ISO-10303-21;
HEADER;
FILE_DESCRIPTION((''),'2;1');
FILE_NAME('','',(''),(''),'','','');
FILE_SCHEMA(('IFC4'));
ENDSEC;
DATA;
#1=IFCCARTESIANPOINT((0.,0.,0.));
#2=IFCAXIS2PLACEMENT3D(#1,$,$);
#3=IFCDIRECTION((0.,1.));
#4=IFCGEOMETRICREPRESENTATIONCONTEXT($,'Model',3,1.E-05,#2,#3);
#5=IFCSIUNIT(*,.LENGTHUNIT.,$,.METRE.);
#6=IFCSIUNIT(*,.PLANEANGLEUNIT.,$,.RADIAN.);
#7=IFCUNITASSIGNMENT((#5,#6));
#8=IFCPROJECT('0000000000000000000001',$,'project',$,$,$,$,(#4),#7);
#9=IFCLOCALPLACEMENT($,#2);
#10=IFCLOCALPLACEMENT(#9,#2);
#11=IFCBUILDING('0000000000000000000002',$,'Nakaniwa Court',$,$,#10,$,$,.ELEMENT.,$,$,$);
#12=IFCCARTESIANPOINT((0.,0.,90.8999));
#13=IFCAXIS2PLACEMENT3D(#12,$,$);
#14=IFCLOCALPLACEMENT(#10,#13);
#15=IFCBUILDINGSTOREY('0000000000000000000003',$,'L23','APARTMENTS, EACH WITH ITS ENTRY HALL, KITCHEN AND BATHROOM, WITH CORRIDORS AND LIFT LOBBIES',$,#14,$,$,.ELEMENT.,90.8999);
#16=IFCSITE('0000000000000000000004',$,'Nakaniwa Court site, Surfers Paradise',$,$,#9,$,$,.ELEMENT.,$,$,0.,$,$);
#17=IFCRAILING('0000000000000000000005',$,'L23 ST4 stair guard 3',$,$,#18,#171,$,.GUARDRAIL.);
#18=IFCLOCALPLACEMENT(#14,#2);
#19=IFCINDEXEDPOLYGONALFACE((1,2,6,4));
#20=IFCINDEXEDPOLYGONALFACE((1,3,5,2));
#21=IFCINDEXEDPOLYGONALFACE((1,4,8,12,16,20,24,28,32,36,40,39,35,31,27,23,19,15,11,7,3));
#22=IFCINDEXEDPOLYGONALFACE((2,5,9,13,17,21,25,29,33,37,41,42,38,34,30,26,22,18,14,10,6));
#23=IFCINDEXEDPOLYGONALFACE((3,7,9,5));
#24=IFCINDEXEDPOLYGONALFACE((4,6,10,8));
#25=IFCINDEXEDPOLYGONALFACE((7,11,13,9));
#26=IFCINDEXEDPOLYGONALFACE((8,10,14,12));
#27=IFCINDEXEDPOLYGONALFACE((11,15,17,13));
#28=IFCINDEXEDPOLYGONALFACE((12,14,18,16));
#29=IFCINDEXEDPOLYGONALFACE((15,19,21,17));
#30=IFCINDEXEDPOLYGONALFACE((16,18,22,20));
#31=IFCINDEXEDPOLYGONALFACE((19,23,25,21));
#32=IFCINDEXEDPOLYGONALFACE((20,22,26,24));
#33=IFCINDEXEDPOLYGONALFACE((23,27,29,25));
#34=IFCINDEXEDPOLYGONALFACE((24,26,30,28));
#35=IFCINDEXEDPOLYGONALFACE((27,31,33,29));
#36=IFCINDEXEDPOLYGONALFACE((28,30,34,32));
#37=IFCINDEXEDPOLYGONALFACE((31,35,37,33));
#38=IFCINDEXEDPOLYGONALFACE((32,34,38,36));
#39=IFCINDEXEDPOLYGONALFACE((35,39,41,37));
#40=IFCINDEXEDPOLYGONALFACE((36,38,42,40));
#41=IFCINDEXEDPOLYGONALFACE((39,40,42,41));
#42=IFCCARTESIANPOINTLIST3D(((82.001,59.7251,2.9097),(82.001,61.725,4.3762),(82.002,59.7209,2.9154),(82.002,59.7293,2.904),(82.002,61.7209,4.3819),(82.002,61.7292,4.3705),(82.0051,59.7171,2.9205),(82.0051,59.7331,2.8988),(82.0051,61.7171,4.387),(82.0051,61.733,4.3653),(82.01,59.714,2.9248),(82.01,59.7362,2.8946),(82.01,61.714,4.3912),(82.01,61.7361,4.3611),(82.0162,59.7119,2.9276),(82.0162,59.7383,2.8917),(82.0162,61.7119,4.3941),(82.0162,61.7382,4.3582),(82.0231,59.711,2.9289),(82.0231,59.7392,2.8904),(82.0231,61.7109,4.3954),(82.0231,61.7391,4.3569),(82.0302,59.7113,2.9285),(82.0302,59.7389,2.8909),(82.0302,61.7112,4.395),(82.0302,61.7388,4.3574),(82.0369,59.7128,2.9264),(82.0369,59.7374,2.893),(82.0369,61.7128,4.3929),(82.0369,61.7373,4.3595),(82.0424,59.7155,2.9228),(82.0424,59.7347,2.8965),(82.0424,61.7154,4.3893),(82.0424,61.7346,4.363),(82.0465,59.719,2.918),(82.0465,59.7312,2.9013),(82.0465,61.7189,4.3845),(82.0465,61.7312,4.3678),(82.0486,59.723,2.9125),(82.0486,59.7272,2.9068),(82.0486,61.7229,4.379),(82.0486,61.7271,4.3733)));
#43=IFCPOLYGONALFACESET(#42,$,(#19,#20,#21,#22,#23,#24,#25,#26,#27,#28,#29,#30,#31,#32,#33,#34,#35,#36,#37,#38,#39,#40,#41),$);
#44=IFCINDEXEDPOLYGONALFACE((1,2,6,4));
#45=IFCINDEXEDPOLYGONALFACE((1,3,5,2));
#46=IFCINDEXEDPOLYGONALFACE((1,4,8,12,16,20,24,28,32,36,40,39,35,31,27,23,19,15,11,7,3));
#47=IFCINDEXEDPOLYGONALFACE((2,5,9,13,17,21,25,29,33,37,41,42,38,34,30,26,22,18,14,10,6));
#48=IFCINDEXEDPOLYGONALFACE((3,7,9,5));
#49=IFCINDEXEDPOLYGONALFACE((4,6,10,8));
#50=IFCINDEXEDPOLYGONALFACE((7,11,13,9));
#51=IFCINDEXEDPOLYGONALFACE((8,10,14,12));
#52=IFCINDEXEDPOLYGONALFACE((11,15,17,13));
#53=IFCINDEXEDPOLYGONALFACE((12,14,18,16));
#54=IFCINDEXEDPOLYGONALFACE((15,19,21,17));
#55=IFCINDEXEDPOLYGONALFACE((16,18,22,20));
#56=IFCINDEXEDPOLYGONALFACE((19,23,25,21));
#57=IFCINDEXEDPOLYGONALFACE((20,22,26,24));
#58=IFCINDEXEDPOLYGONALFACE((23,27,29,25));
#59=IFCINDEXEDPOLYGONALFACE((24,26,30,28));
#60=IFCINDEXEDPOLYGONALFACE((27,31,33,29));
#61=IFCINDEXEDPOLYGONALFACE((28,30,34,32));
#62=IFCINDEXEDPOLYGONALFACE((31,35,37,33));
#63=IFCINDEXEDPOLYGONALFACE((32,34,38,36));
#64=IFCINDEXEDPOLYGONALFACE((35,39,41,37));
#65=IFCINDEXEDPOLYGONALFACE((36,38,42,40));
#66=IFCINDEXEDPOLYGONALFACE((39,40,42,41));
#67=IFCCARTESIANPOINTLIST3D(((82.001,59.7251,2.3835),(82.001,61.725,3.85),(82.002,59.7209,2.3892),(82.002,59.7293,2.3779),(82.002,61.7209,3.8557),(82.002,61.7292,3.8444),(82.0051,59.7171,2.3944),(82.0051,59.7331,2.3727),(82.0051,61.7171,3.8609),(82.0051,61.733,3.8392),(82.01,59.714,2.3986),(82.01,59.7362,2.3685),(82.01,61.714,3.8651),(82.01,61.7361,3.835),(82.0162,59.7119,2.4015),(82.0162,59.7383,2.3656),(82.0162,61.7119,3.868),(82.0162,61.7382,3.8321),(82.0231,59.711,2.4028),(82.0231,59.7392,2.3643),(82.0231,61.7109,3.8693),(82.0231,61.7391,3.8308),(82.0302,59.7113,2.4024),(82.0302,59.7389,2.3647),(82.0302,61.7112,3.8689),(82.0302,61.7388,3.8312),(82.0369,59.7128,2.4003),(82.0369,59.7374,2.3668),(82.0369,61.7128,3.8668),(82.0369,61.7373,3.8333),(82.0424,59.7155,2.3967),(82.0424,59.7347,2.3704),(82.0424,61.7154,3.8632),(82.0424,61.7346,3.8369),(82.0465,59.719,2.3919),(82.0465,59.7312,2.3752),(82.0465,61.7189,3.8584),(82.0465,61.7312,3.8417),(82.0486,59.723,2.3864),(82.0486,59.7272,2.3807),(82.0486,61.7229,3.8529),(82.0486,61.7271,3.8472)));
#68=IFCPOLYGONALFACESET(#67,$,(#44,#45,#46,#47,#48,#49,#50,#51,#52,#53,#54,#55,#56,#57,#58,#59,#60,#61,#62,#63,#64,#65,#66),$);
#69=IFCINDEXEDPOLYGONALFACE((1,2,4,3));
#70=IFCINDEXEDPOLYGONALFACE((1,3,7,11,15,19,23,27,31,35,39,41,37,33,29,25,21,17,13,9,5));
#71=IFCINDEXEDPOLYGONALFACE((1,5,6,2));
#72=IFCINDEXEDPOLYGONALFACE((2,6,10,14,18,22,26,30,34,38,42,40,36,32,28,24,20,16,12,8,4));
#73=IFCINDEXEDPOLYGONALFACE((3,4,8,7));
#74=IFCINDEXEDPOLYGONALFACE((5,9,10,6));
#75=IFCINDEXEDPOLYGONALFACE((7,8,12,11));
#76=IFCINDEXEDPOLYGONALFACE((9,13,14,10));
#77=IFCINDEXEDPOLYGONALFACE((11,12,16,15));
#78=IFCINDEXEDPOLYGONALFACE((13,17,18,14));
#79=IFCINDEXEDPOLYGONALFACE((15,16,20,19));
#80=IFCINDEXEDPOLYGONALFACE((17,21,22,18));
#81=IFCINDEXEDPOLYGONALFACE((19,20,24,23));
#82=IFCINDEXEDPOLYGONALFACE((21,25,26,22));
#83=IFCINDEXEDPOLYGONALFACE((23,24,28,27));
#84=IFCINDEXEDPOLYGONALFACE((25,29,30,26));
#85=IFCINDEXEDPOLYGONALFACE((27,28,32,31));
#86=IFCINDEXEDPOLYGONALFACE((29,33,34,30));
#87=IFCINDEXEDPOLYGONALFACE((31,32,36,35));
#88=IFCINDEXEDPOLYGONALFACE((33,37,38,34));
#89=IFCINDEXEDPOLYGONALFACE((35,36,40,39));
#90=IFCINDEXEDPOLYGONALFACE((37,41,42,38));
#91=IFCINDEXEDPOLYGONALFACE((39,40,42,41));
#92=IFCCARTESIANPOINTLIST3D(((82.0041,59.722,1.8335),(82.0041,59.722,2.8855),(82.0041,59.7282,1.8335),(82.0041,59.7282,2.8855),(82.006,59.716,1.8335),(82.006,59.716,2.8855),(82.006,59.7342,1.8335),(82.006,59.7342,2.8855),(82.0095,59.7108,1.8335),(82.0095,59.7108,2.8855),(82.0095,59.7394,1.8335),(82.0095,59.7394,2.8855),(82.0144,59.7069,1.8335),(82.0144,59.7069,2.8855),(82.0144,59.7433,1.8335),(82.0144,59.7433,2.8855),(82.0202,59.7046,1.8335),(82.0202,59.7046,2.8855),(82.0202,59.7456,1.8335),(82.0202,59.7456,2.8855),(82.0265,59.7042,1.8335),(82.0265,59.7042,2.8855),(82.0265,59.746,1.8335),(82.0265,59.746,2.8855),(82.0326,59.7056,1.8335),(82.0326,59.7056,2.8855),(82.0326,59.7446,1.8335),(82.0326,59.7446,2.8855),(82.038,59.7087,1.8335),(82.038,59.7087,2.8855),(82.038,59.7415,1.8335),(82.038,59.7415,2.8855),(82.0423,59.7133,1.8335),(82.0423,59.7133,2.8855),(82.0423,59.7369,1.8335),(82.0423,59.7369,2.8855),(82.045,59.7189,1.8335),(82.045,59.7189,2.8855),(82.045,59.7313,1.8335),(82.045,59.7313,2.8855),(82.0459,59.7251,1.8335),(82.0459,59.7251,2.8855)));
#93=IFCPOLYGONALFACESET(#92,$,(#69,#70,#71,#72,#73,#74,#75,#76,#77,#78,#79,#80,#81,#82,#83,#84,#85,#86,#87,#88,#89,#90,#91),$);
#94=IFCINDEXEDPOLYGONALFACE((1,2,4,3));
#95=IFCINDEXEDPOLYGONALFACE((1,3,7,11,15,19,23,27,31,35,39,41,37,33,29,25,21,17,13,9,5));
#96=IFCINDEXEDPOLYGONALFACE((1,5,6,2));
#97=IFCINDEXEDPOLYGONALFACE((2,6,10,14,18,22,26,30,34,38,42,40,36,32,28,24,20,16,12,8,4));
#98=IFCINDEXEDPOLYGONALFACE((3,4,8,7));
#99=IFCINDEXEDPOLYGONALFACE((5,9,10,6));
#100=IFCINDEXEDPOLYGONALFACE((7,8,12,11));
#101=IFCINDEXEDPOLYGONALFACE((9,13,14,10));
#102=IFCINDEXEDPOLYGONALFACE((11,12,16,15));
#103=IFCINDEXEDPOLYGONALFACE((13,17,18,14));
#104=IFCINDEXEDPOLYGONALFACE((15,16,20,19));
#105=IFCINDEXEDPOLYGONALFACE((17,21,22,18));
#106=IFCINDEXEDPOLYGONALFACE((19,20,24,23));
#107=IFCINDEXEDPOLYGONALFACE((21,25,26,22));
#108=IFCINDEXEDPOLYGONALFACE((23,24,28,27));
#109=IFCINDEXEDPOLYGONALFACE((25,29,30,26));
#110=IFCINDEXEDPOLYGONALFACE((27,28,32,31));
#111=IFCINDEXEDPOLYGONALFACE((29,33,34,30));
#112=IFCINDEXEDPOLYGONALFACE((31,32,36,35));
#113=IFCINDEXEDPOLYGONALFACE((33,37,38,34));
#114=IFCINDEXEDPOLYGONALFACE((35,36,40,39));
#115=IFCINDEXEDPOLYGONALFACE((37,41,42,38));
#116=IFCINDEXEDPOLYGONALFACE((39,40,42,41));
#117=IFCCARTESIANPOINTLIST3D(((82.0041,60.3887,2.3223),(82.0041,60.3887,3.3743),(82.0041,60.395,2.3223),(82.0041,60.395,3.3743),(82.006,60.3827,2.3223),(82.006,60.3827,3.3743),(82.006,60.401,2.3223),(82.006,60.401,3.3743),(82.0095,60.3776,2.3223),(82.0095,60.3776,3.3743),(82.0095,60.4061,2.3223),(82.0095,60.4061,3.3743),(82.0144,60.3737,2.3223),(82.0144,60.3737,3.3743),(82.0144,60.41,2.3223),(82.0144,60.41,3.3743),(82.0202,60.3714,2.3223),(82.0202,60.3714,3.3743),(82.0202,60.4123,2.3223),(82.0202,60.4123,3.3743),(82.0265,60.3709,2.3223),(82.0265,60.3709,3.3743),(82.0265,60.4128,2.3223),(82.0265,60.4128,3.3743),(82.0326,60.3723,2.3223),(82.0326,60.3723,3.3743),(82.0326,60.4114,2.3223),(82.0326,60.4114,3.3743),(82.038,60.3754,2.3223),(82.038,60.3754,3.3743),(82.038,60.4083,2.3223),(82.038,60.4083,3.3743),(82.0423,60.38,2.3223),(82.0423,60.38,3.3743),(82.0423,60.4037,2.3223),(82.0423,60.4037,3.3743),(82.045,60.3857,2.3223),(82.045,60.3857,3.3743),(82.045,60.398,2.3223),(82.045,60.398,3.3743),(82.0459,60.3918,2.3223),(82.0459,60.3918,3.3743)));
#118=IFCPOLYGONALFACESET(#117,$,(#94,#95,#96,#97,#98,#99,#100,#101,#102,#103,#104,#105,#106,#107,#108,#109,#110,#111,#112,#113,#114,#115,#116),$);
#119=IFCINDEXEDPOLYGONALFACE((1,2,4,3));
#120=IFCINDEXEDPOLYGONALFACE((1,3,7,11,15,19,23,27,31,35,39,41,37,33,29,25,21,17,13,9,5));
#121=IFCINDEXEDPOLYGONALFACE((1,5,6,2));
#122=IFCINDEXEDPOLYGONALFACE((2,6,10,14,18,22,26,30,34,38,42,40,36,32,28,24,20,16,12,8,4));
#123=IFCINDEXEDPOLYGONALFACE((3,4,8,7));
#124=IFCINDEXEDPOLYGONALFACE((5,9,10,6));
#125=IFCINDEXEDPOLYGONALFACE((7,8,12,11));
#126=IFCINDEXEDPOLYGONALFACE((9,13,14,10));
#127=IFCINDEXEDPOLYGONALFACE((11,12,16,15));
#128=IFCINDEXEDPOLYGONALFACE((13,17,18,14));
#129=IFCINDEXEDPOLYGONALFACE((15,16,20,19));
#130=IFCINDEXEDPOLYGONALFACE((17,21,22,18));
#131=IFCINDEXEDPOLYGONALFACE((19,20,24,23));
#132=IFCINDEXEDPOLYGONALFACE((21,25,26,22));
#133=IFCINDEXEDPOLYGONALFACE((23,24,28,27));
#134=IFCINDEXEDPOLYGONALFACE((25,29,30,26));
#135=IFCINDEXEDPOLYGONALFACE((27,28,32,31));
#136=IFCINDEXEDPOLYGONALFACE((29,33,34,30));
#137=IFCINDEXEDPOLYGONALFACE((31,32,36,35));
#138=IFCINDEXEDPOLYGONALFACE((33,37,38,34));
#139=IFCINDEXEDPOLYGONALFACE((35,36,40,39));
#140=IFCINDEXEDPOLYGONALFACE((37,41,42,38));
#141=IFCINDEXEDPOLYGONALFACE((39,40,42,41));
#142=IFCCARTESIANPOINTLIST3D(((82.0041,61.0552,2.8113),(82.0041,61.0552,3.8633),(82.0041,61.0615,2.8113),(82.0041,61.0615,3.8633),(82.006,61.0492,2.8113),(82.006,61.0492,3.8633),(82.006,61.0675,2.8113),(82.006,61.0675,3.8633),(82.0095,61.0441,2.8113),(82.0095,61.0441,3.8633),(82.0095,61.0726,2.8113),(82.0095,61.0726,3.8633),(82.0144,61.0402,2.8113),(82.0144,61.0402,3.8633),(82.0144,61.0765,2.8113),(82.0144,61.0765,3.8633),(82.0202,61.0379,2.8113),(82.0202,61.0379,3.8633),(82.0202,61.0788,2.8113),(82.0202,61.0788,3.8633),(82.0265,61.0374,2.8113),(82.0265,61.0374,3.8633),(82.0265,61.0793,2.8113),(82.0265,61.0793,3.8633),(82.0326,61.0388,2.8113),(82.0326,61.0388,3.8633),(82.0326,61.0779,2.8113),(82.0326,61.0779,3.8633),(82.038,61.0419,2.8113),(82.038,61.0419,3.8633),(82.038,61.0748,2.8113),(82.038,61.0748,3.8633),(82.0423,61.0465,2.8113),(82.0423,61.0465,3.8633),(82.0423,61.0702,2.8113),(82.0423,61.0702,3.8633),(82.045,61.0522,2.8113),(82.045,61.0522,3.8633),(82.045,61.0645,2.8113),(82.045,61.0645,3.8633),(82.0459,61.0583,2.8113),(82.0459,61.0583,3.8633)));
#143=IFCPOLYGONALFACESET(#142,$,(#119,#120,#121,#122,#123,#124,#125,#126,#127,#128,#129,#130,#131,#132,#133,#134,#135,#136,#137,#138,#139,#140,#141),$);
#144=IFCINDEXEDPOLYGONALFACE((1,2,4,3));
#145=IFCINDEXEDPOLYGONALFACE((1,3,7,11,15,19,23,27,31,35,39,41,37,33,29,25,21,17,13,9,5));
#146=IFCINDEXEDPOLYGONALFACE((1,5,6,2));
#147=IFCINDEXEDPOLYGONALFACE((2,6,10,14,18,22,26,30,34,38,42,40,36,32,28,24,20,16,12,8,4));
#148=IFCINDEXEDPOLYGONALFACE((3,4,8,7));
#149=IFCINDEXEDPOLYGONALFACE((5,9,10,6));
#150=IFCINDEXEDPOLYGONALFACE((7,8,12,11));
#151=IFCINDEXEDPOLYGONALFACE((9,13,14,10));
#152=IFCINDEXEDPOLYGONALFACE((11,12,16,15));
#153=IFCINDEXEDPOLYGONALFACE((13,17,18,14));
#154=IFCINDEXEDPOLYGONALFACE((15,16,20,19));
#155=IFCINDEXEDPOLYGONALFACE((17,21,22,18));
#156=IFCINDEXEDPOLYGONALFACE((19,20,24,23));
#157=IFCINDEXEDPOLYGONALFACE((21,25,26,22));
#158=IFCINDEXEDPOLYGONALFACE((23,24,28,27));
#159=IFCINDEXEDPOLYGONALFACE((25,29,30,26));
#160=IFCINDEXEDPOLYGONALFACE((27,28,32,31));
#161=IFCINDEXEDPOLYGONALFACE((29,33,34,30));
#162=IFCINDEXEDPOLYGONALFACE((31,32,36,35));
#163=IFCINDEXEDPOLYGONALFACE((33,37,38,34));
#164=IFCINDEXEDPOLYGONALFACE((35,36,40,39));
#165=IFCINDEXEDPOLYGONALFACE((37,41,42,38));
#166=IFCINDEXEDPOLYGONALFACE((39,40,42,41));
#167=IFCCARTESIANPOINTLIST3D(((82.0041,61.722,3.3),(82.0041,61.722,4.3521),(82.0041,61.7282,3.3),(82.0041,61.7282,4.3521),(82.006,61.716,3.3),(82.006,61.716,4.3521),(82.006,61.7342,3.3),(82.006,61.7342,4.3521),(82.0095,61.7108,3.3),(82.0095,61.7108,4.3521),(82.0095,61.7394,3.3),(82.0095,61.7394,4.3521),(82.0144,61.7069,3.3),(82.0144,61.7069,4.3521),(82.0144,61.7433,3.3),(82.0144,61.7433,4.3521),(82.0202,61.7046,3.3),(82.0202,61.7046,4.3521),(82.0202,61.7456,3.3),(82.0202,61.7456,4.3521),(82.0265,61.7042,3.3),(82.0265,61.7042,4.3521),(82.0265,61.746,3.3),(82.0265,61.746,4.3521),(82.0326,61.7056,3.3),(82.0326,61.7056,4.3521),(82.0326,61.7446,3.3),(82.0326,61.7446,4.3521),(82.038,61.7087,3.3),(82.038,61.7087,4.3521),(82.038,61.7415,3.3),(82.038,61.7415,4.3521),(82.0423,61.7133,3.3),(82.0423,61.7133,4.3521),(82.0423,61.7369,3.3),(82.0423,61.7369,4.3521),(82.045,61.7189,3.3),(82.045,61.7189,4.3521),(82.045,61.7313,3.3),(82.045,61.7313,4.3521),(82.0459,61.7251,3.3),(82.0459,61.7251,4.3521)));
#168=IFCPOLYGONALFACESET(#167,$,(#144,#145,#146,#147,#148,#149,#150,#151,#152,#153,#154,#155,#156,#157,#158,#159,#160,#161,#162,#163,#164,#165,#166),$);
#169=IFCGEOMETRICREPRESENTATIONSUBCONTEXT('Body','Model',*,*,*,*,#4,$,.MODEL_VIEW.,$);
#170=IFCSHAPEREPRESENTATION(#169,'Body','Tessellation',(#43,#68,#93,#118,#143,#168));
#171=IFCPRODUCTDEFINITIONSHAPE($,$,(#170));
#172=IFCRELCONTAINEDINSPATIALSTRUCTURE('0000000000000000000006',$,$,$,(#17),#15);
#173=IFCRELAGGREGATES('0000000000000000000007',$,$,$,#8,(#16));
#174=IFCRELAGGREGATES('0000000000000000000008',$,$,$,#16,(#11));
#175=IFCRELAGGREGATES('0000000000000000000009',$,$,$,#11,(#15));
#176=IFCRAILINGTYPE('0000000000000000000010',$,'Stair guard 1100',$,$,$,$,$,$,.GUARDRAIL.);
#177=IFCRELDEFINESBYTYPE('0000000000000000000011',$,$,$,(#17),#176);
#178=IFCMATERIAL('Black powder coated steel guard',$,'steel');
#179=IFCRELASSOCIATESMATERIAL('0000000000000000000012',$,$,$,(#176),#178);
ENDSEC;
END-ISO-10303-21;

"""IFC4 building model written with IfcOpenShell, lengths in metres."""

from ifc_helpers import new_model, si_unit, direction, frame, origin, origin_2d, place, context, subcontext, project, spatial, circle, extrude, material, type_object, element, save


model = new_model("IFC4")

# Units and contexts
model_context = context("Model", 3, precision=1e-05, world=origin(), true_north=direction((0.0, 1.0)))
body_context = subcontext(model_context, "Body", "Model", "MODEL_VIEW")
ifc_project = project(units=[si_unit("LENGTHUNIT", "METRE"), si_unit("PLANEANGLEUNIT", "RADIAN")], contexts=[model_context])

# Site, building, storey
site_placement = place(None, origin())
site = spatial("IfcSite", under=ifc_project, at=site_placement, Name="Nakaniwa Court site, Surfers Paradise", CompositionType="ELEMENT", RefElevation=0.0)
building_placement = place(site_placement, origin())
building = spatial("IfcBuilding", under=site, at=building_placement, Name="Nakaniwa Court", CompositionType="ELEMENT")
storey_placement = place(building_placement, frame((0.0, 0.0, 90.8999)))
storey = spatial("IfcBuildingStorey", under=building, at=storey_placement, Name="L23", Description="APARTMENTS, EACH WITH ITS ENTRY HALL, KITCHEN AND BATHROOM, WITH CORRIDORS AND LIFT LOBBIES", CompositionType="ELEMENT", Elevation=90.8999)

# Railing
ifc_material_1 = material(Name="Black powder coated steel guard", Category="steel")
railing_type_1 = type_object("IfcRailingType", Name="Stair guard 1100", PredefinedType="GUARDRAIL", material=ifc_material_1)
railing_1_placement = place(storey_placement, frame((82.0249, 59.7251, 1.8335)))
element("IfcRailing", 1, at=railing_1_placement, inside=storey, type_object=railing_type_1, Name="L23 ST4 stair guard 3", PredefinedType="GUARDRAIL", context=body_context, shape_type="SweptSolid", body=[
    extrude(circle(Radius=0.0239, at=origin_2d()), frame((0.0, 0.0, 1.0762), z_axis=(0.0, 0.806427, 0.591334), x_axis=(-1.0, 0.0, 0.0)), (0.0, 0.0, 1.0), 2.48),
    extrude(circle(Radius=0.0239, at=origin_2d()), frame((0.0, 0.0, 0.55), z_axis=(0.0, 0.806427, 0.591334), x_axis=(-1.0, 0.0, 0.0)), (0.0, 0.0, 1.0), 2.48),
    extrude(circle(Radius=0.021, at=origin_2d()), origin(), (0.0, 0.0, 1.0), 1.052),
    extrude(circle(Radius=0.021, at=origin_2d()), frame((0.0, 0.6667, 0.4888)), (0.0, 0.0, 1.0), 1.052),
    extrude(circle(Radius=0.021, at=origin_2d()), frame((0.0, 1.3333, 0.9778)), (0.0, 0.0, 1.0), 1.052),
    extrude(circle(Radius=0.021, at=origin_2d()), frame((0.0, 2.0, 1.4666)), (0.0, 0.0, 1.0), 1.052),
])

save(model, "model.ifc")
